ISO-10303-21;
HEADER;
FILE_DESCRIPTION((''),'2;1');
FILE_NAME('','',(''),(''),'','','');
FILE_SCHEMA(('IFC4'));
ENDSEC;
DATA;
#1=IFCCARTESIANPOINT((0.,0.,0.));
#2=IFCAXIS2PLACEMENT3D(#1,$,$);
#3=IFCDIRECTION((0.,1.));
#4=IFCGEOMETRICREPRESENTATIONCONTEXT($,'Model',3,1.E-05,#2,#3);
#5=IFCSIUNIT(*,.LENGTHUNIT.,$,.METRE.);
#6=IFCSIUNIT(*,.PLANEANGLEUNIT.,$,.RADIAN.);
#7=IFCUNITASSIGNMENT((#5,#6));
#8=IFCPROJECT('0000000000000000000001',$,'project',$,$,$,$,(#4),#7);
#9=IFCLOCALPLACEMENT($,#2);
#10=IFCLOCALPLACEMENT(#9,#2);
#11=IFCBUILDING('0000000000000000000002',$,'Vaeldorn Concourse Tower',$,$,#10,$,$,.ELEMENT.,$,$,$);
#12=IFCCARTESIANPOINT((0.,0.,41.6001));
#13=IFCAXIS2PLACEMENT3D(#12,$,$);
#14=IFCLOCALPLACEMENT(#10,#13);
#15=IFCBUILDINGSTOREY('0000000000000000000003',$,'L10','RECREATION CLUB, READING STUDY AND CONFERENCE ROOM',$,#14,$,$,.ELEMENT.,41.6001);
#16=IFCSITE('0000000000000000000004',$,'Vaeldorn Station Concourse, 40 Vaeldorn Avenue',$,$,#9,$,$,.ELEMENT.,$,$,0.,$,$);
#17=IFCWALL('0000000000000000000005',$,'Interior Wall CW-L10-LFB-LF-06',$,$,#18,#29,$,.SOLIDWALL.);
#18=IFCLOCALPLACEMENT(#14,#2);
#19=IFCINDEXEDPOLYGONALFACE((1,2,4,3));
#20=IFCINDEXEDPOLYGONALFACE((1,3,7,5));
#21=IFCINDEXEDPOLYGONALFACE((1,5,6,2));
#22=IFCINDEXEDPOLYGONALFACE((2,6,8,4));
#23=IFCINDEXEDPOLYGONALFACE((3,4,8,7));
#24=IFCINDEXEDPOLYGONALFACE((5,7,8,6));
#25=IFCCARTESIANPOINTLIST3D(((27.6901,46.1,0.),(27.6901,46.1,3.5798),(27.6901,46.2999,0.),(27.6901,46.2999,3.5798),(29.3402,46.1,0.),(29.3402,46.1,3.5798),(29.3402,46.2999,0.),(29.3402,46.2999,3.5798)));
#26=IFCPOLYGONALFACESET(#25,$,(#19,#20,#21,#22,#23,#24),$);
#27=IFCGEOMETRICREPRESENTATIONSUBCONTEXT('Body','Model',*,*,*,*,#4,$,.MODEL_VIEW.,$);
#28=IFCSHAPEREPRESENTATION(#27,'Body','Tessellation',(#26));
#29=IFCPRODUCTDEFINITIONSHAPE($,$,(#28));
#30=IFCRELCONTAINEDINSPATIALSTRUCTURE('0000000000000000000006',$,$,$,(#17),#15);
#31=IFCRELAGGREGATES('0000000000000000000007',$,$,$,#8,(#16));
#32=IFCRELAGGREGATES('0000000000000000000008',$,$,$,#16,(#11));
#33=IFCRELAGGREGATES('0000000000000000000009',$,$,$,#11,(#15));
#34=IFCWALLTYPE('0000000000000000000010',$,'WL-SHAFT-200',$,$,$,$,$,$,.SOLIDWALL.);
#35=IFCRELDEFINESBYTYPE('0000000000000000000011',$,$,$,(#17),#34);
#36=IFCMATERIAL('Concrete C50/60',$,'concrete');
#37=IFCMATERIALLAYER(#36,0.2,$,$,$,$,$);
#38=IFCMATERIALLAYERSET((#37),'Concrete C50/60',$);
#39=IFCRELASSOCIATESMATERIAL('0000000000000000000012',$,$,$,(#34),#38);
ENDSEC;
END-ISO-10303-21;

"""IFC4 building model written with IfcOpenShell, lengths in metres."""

from ifc_helpers import new_model, si_unit, direction, frame, frame_2d, origin, place, context, subcontext, project, spatial, rectangle, extrude, material, layer, layer_set, type_object, element, save


model = new_model("IFC4")

# Units and contexts
model_context = context("Model", 3, precision=1e-05, world=origin(), true_north=direction((0.0, 1.0)))
body_context = subcontext(model_context, "Body", "Model", "MODEL_VIEW")
ifc_project = project(units=[si_unit("LENGTHUNIT", "METRE"), si_unit("PLANEANGLEUNIT", "RADIAN")], contexts=[model_context])

# Site, building, storey
site_placement = place(None, origin())
site = spatial("IfcSite", under=ifc_project, at=site_placement, Name="Vaeldorn Station Concourse, 40 Vaeldorn Avenue", CompositionType="ELEMENT", RefElevation=0.0)
building_placement = place(site_placement, origin())
building = spatial("IfcBuilding", under=site, at=building_placement, Name="Vaeldorn Concourse Tower", CompositionType="ELEMENT")
storey_placement = place(building_placement, frame((0.0, 0.0, 41.6001)))
storey = spatial("IfcBuildingStorey", under=building, at=storey_placement, Name="L10", Description="RECREATION CLUB, READING STUDY AND CONFERENCE ROOM", CompositionType="ELEMENT", Elevation=41.6001)

# Shared definitions
ifc_material_1 = material(Name="Concrete C50/60", Category="concrete")
ifc_layer_1 = layer(ifc_material_1, 0.2)
ifc_layer_set_1 = layer_set([ifc_layer_1], Name="Concrete C50/60")
wall_type_1 = type_object("IfcWallType", Name="WL-SHAFT-200", PredefinedType="SOLIDWALL", material=ifc_layer_set_1)

# Wall
wall_1_placement = place(storey_placement, frame((27.6899, 46.2, 0.0), z_axis=(0.0, 0.0, 1.0), x_axis=(1.0, 0.0, 0.0)))
element("IfcWall", 1, at=wall_1_placement, inside=storey, type_object=wall_type_1, Name="Interior Wall CW-L10-LFB-LF-06", PredefinedType="SOLIDWALL", context=body_context, shape_type="SweptSolid", body=[
    extrude(rectangle(XDim=1.6501, YDim=0.2, at=frame_2d((0.8252, 0.0))), origin(), (0.0, 0.0, 1.0), 3.5798),
])

save(model, "model.ifc")
